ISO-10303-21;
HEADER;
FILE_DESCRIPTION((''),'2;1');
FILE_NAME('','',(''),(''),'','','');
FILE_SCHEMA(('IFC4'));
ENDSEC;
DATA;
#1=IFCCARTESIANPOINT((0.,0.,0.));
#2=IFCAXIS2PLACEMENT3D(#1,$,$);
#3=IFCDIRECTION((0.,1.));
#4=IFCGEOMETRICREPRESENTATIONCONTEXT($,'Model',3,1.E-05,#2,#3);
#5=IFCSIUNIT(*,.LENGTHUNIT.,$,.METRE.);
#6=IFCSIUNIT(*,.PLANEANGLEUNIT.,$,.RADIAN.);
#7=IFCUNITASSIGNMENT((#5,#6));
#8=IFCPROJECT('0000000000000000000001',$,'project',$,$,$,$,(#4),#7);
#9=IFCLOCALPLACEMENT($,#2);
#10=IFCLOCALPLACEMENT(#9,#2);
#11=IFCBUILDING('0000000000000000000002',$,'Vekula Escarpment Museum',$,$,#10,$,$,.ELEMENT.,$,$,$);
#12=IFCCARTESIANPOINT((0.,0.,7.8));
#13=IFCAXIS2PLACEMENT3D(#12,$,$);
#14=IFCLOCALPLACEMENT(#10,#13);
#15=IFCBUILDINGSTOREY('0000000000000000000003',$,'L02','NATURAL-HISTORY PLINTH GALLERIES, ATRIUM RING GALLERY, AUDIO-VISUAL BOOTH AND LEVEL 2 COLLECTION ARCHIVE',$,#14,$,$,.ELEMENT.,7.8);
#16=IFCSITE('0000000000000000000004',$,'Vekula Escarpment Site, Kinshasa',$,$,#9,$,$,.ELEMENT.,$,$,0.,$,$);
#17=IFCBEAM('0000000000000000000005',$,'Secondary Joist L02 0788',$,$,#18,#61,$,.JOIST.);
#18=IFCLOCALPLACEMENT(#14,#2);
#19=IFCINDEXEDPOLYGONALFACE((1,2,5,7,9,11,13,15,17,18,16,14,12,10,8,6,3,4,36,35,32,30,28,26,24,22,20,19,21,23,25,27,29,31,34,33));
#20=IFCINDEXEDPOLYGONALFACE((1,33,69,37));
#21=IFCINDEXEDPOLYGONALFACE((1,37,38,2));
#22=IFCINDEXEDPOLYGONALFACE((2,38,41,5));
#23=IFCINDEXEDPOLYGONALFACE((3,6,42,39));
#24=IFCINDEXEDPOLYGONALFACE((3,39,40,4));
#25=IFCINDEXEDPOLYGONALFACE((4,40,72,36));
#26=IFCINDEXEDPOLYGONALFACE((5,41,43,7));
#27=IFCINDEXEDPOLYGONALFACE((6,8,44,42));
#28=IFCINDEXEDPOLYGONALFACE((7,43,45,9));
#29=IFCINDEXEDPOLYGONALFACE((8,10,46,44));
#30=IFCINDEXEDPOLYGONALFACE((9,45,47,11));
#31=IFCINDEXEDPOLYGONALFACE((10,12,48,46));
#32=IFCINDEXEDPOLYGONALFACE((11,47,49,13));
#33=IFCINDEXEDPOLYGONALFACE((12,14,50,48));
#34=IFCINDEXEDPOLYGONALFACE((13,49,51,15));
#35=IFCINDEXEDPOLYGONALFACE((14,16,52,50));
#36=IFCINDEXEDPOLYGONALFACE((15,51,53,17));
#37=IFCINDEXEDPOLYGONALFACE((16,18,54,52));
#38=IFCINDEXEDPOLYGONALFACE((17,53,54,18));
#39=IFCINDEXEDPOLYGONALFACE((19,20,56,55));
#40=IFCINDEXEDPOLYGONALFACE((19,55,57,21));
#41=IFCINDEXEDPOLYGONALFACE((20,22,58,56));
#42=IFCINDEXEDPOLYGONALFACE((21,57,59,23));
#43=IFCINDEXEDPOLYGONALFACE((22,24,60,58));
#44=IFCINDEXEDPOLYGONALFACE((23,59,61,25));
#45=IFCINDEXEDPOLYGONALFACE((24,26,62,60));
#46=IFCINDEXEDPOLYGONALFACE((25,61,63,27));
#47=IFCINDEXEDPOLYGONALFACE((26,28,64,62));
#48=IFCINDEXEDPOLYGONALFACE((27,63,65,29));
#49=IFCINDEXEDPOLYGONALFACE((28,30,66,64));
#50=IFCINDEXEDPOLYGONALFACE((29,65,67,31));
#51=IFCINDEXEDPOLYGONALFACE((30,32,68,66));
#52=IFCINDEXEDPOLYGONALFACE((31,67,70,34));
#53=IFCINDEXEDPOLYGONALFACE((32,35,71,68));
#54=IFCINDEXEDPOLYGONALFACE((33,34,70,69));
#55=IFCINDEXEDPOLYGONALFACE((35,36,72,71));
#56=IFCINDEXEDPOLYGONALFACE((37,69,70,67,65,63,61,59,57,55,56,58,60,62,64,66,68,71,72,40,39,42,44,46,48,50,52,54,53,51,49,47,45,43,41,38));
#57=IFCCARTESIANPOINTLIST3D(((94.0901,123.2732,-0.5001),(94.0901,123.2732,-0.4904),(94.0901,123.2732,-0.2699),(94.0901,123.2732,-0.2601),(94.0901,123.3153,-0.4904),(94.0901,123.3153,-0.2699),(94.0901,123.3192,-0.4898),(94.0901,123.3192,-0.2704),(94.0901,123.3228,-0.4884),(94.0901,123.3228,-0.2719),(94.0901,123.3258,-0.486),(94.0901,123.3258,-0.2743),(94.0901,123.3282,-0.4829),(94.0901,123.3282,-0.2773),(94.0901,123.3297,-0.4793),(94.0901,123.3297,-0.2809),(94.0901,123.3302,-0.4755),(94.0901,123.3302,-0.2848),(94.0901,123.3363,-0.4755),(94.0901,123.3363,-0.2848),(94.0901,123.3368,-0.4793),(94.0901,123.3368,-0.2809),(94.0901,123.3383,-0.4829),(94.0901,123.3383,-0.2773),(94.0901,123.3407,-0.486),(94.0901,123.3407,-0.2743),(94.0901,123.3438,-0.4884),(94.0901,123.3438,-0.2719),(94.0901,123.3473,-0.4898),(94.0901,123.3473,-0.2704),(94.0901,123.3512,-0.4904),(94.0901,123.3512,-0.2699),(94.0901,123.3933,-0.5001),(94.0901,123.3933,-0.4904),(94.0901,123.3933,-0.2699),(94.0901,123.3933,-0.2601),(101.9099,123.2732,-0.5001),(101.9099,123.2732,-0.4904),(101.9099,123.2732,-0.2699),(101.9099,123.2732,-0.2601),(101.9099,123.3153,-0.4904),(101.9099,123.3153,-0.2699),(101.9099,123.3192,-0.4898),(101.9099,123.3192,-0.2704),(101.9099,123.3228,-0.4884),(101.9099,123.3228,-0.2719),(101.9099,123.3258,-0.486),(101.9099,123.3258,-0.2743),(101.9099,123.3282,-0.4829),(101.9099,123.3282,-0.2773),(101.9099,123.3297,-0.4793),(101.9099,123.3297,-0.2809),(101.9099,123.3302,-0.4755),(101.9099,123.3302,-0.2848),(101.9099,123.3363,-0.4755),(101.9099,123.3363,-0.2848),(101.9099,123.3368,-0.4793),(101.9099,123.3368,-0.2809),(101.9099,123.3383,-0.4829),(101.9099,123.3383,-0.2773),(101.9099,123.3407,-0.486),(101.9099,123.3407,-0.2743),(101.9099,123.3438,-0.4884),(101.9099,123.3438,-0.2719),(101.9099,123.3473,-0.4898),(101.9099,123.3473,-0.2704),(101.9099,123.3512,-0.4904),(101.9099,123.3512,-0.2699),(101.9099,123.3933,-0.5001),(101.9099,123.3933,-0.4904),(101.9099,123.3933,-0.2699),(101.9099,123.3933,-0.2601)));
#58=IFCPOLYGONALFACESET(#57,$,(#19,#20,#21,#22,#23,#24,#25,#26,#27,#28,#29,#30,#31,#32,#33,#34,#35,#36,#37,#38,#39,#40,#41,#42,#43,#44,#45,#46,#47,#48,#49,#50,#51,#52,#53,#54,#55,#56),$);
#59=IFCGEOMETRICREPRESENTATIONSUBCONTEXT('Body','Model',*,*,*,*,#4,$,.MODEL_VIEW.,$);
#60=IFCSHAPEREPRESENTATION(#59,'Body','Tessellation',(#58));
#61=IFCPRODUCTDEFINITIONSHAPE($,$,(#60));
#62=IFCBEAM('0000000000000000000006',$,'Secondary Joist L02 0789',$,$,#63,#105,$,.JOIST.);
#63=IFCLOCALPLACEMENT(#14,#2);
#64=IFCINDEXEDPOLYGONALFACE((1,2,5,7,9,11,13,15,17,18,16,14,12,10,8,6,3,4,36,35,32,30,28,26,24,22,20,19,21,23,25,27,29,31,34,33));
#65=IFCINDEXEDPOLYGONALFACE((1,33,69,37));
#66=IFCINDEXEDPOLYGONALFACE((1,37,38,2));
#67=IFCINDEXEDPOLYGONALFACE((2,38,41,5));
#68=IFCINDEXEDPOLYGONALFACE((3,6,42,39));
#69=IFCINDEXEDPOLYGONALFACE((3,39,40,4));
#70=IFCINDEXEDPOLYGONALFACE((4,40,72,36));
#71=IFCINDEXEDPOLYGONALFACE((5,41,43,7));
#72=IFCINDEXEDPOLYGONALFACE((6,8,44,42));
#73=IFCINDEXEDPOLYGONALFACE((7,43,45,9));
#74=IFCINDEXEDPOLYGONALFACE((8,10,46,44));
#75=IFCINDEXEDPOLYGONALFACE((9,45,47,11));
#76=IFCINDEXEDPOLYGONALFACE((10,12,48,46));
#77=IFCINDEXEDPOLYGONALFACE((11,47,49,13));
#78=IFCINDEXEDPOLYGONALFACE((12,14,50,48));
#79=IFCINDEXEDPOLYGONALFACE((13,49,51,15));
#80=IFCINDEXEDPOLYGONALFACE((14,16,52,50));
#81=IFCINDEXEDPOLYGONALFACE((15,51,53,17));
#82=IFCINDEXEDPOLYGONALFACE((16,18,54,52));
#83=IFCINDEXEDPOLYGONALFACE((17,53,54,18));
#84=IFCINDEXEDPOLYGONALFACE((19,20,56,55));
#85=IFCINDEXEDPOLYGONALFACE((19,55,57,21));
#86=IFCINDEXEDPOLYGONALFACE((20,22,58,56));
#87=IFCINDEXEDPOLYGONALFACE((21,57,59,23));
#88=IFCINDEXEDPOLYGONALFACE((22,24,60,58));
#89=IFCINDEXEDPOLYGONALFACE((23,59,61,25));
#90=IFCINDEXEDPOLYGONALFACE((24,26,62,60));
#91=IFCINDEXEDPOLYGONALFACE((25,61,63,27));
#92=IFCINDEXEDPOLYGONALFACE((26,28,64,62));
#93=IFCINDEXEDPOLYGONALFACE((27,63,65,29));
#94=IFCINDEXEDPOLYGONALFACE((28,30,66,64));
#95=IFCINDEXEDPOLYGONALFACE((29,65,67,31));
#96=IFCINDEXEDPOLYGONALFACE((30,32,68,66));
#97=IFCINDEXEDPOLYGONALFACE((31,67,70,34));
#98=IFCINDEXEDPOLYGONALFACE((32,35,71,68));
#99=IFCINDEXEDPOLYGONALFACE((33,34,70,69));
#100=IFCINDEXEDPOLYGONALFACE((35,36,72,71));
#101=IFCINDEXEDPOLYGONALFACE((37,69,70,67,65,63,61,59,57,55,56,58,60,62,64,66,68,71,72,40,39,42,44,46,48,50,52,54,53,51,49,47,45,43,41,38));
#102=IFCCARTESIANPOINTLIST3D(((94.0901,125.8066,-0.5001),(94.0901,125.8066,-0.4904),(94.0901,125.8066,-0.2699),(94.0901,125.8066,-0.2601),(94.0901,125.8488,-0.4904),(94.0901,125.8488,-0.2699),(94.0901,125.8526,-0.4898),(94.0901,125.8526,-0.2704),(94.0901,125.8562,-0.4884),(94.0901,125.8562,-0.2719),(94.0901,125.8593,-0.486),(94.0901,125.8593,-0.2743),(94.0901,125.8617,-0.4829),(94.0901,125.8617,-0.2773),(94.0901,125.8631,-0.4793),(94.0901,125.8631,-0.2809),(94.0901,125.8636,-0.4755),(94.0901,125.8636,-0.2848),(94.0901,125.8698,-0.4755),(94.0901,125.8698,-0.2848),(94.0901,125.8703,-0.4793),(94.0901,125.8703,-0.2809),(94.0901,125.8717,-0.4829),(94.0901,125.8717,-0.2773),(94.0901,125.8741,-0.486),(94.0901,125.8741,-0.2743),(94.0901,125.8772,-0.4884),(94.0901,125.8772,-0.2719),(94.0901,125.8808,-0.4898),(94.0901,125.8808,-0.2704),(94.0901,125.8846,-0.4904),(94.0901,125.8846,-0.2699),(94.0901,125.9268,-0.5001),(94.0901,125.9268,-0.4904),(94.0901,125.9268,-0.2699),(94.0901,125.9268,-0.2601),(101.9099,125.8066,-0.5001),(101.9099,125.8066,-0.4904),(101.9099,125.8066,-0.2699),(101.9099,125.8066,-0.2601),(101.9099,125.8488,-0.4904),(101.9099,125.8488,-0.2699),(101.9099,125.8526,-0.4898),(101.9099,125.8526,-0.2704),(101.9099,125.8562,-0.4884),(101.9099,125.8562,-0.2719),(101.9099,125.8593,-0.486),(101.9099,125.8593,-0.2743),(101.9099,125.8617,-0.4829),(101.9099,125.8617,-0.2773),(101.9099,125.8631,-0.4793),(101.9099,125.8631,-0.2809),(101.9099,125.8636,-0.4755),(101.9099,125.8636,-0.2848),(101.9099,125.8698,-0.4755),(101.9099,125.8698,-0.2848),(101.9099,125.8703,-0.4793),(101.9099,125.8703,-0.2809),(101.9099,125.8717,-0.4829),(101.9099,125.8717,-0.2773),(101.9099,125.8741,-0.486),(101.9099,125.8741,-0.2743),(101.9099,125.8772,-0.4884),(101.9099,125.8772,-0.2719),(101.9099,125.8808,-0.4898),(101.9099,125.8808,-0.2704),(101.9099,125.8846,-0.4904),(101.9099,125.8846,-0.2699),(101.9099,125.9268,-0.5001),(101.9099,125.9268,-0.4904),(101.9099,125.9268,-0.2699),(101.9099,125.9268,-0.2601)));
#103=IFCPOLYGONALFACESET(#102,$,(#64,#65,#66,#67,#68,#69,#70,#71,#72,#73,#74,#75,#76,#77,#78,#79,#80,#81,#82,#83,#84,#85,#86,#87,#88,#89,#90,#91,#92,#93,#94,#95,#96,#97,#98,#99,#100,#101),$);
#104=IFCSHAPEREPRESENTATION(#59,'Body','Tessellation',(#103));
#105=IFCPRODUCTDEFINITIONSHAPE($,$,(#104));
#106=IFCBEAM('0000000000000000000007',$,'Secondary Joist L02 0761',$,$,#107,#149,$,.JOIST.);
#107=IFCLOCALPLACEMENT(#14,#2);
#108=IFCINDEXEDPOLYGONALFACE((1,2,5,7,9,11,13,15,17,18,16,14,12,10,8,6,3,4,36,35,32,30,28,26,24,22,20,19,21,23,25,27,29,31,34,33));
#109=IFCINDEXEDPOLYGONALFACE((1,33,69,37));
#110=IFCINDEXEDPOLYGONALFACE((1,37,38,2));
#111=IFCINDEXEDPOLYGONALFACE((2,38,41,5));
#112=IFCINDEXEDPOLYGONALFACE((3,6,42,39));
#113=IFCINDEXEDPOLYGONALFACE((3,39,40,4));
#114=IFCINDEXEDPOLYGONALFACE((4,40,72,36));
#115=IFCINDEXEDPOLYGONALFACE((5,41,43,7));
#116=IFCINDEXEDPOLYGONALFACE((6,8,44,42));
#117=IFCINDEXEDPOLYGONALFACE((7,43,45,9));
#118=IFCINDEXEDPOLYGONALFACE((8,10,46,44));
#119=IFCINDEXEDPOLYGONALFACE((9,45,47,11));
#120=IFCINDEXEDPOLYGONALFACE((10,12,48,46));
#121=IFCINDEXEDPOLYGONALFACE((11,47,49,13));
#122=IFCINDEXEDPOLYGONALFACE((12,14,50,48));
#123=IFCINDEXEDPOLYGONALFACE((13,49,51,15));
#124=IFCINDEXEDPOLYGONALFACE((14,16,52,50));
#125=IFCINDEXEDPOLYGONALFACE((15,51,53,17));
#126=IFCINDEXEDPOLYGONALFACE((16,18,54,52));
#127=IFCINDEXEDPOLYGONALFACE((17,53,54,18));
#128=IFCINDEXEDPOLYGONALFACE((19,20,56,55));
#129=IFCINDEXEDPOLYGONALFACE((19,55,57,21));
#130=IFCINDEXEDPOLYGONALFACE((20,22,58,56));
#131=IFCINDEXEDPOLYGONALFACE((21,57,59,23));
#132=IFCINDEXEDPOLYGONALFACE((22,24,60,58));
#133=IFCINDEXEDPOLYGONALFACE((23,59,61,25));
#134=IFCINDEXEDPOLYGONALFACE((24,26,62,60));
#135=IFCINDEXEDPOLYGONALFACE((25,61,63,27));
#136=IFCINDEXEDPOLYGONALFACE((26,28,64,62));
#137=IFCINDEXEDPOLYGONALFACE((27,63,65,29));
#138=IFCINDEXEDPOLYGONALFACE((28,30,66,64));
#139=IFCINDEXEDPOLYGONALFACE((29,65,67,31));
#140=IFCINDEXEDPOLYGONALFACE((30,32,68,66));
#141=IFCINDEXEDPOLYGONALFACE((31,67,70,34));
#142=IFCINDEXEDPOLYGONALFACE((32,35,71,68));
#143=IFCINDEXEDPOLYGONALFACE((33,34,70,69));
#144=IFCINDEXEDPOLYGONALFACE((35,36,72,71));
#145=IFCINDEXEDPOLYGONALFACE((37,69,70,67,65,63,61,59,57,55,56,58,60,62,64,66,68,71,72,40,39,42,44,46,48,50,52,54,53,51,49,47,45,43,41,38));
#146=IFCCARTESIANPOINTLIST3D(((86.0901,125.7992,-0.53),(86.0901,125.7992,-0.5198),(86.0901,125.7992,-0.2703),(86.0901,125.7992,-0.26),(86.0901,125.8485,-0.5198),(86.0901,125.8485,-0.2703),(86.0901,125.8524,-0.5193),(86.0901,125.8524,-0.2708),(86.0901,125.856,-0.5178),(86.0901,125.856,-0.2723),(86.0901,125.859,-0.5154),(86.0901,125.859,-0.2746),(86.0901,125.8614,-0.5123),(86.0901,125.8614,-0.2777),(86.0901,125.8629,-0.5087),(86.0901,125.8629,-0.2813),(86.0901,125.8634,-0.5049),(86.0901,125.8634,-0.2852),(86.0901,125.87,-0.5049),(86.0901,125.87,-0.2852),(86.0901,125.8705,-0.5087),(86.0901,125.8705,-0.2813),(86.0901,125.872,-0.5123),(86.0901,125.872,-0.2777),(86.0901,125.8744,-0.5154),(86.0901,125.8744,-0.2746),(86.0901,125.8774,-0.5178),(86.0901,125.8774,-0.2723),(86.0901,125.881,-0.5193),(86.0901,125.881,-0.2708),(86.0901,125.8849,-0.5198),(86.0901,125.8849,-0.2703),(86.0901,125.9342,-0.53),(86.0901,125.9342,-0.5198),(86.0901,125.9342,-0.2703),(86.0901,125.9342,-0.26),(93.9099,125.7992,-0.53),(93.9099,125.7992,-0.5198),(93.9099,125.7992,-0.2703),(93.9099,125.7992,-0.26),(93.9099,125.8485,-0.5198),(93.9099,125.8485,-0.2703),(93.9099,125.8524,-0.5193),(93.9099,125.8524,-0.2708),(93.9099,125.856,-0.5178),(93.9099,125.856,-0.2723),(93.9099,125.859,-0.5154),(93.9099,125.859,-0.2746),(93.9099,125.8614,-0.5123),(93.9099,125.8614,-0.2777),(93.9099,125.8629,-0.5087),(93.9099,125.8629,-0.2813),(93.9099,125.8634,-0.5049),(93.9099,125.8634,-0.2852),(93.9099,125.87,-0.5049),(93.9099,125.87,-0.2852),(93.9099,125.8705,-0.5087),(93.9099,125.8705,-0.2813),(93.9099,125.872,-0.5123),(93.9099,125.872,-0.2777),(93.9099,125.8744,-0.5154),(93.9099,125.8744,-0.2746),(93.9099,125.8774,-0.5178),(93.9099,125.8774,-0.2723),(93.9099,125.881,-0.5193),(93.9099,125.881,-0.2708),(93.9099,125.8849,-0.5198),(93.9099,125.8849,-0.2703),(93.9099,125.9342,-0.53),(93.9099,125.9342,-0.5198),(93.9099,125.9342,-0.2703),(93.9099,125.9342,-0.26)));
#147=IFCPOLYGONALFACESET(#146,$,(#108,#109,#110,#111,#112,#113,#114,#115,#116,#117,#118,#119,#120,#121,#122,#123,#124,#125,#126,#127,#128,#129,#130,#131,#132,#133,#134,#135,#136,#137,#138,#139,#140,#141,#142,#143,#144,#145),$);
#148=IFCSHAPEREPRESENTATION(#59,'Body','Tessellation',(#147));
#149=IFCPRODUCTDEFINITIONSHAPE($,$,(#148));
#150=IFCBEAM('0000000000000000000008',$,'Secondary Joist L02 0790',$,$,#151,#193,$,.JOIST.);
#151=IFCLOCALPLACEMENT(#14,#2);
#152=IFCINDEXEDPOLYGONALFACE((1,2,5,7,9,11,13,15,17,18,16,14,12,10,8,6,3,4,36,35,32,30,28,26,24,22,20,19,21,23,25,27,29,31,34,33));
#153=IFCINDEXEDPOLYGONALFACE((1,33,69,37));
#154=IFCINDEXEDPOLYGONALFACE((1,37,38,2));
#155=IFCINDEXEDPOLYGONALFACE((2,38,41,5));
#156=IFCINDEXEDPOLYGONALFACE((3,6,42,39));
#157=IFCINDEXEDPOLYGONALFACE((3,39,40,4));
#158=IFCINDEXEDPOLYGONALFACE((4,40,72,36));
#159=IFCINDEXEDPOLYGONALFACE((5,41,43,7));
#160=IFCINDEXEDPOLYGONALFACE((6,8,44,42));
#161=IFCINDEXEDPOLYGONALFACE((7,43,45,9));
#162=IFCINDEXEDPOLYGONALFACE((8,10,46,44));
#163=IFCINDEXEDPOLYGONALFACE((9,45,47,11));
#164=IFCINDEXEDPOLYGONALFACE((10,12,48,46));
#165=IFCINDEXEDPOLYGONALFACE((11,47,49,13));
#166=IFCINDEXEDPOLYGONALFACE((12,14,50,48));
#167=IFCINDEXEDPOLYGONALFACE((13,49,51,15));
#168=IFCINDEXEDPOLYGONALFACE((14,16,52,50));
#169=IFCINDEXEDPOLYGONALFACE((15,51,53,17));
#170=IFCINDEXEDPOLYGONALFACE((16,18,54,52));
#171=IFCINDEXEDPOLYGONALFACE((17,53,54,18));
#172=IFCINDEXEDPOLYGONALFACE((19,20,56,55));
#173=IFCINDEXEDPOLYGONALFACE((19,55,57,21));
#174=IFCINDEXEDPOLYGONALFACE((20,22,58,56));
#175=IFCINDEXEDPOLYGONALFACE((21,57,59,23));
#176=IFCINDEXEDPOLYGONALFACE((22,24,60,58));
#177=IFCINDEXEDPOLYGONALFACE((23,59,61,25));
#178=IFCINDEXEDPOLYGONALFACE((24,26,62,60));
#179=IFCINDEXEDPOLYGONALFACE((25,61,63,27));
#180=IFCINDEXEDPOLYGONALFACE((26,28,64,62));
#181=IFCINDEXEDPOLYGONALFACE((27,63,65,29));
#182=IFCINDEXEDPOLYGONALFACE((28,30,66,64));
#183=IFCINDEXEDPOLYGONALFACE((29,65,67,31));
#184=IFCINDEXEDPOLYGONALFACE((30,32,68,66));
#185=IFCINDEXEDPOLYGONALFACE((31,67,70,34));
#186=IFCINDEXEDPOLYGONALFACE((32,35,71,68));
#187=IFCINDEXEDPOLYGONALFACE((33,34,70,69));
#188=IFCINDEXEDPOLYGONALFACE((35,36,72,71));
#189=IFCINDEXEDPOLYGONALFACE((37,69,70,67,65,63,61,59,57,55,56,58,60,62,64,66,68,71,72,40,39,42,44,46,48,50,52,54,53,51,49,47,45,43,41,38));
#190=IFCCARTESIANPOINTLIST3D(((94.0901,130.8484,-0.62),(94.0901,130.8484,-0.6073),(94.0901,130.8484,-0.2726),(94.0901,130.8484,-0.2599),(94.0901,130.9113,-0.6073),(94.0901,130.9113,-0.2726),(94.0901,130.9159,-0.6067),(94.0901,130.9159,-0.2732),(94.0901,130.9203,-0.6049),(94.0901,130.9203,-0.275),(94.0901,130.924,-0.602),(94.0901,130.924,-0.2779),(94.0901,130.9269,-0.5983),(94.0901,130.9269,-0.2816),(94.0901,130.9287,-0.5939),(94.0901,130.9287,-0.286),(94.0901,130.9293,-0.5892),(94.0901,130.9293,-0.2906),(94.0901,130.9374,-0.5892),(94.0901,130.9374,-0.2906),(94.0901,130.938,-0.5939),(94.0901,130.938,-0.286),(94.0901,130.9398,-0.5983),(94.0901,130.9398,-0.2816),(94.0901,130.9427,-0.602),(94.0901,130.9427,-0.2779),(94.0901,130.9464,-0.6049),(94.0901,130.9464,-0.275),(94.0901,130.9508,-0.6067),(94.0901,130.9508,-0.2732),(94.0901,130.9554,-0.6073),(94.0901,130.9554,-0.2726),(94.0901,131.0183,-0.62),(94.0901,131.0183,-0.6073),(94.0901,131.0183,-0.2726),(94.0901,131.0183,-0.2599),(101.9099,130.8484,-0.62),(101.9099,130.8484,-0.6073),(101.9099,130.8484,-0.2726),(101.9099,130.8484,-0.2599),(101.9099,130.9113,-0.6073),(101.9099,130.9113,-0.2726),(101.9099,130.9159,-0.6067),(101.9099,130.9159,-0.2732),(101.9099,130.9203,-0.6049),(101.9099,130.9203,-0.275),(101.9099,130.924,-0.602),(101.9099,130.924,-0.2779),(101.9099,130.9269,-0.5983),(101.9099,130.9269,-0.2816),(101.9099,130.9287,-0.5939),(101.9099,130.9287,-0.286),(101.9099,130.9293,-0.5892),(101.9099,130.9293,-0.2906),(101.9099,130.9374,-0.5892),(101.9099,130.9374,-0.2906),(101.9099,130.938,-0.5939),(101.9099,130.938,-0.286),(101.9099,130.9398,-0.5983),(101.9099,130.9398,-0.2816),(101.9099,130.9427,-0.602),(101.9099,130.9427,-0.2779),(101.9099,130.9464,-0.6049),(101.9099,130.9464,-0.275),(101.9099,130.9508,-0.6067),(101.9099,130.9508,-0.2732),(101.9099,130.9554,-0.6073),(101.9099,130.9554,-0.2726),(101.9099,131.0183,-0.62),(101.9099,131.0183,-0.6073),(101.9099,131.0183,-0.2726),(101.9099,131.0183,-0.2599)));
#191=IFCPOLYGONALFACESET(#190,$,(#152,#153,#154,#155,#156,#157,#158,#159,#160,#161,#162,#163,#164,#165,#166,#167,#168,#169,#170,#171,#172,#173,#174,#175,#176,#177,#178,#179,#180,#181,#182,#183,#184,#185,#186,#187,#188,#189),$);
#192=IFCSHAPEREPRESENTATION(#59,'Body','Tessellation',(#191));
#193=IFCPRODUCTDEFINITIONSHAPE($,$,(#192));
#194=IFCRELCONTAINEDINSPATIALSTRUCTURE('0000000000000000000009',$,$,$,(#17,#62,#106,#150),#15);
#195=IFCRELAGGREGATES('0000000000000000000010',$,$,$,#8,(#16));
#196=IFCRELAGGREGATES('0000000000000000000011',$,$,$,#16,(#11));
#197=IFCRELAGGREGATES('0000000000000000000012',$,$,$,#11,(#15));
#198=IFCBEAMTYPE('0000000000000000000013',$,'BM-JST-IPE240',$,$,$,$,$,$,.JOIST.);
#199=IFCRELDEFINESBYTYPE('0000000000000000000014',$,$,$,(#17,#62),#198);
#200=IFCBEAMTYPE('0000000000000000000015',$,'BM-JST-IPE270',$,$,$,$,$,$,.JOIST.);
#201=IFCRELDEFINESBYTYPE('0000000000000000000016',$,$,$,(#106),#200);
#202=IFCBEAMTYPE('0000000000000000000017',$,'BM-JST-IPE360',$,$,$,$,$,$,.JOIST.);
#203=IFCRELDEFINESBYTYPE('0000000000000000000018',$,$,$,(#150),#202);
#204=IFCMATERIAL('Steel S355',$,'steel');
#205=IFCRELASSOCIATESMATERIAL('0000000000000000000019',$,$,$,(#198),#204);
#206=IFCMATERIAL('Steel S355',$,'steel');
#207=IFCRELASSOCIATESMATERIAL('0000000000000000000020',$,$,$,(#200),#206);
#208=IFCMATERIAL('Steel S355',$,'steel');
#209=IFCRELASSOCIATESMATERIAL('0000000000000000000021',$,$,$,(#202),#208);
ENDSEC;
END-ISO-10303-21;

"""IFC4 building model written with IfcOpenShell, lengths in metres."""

from ifc_helpers import new_model, si_unit, direction, frame, origin, origin_2d, place, context, subcontext, project, spatial, i_section, extrude, material, material_profile, profile_set, type_object, element, save


model = new_model("IFC4")

# Units and contexts
model_context = context("Model", 3, precision=1e-05, world=origin(), true_north=direction((0.0, 1.0)))
body_context = subcontext(model_context, "Body", "Model", "MODEL_VIEW")
ifc_project = project(units=[si_unit("LENGTHUNIT", "METRE"), si_unit("PLANEANGLEUNIT", "RADIAN")], contexts=[model_context])

# Site, building, storey
site_placement = place(None, origin())
site = spatial("IfcSite", under=ifc_project, at=site_placement, Name="Vekula Escarpment Site, Kinshasa", CompositionType="ELEMENT", RefElevation=0.0)
building_placement = place(site_placement, origin())
building = spatial("IfcBuilding", under=site, at=building_placement, Name="Vekula Escarpment Museum", CompositionType="ELEMENT")
storey_placement = place(building_placement, frame((0.0, 0.0, 7.8)))
storey = spatial("IfcBuildingStorey", under=building, at=storey_placement, Name="L02", Description="NATURAL-HISTORY PLINTH GALLERIES, ATRIUM RING GALLERY, AUDIO-VISUAL BOOTH AND LEVEL 2 COLLECTION ARCHIVE", CompositionType="ELEMENT", Elevation=7.8)

# Beams
ifc_material_1 = material(Name="Steel S355", Category="steel")
ifc_material_profile_1 = material_profile(ifc_material_1, i_section(OverallWidth=0.1201, OverallDepth=0.24, WebThickness=0.0061, FlangeThickness=0.0098, FilletRadius=0.0149, at=origin_2d()), Name="IPE 240")
ifc_profile_set_1 = profile_set([ifc_material_profile_1], Name="Steel S355")
beam_type_1 = type_object("IfcBeamType", Name="BM-JST-IPE240", PredefinedType="JOIST", material=ifc_profile_set_1)
for number, where, z_axis, x_axis, name in (
    (1, (94.0901, 123.3333, -0.3801), (1.0, 0.0, 0.0), (0.0, 1.0, 0.0), "Secondary Joist L02 0788"),
    (2, (94.0901, 125.8667, -0.3801), (1.0, 0.0, 0.0), (0.0, 1.0, 0.0), "Secondary Joist L02 0789"),
):
    element("IfcBeam", number, at=place(storey_placement, frame(where, z_axis=z_axis, x_axis=x_axis)), inside=storey, type_object=beam_type_1, Name=name, PredefinedType="JOIST", context=body_context, shape_type="SweptSolid", body=[
        extrude(i_section(OverallWidth=0.1201, OverallDepth=0.24, WebThickness=0.0061, FlangeThickness=0.0098, FilletRadius=0.0149, at=origin_2d()), origin(), (0.0, 0.0, 1.0), 7.8198),
    ])
ifc_material_2 = material(Name="Steel S355", Category="steel")
ifc_material_profile_2 = material_profile(ifc_material_2, i_section(OverallWidth=0.135, OverallDepth=0.27, WebThickness=0.0066, FlangeThickness=0.0103, FilletRadius=0.0149, at=origin_2d()), Name="IPE 270")
ifc_profile_set_2 = profile_set([ifc_material_profile_2], Name="Steel S355")
beam_type_2 = type_object("IfcBeamType", Name="BM-JST-IPE270", PredefinedType="JOIST", material=ifc_profile_set_2)
beam_1_placement = place(storey_placement, frame((86.0901, 125.8667, -0.395), z_axis=(1.0, 0.0, 0.0), x_axis=(0.0, 1.0, 0.0)))
element("IfcBeam", 3, at=beam_1_placement, inside=storey, type_object=beam_type_2, Name="Secondary Joist L02 0761", PredefinedType="JOIST", context=body_context, shape_type="SweptSolid", body=[
    extrude(i_section(OverallWidth=0.135, OverallDepth=0.27, WebThickness=0.0066, FlangeThickness=0.0103, FilletRadius=0.0149, at=origin_2d()), origin(), (0.0, 0.0, 1.0), 7.8198),
])
ifc_material_3 = material(Name="Steel S355", Category="steel")
ifc_material_profile_3 = material_profile(ifc_material_3, i_section(OverallWidth=0.1699, OverallDepth=0.3601, WebThickness=0.0081, FlangeThickness=0.0127, FilletRadius=0.0181, at=origin_2d()), Name="IPE 360")
ifc_profile_set_3 = profile_set([ifc_material_profile_3], Name="Steel S355")
beam_type_3 = type_object("IfcBeamType", Name="BM-JST-IPE360", PredefinedType="JOIST", material=ifc_profile_set_3)
beam_2_placement = place(storey_placement, frame((94.0901, 130.9333, -0.4399), z_axis=(1.0, 0.0, 0.0), x_axis=(0.0, 1.0, 0.0)))
element("IfcBeam", 4, at=beam_2_placement, inside=storey, type_object=beam_type_3, Name="Secondary Joist L02 0790", PredefinedType="JOIST", context=body_context, shape_type="SweptSolid", body=[
    extrude(i_section(OverallWidth=0.1699, OverallDepth=0.3601, WebThickness=0.0081, FlangeThickness=0.0127, FilletRadius=0.0181, at=origin_2d()), origin(), (0.0, 0.0, 1.0), 7.8198),
])

save(model, "model.ifc")
